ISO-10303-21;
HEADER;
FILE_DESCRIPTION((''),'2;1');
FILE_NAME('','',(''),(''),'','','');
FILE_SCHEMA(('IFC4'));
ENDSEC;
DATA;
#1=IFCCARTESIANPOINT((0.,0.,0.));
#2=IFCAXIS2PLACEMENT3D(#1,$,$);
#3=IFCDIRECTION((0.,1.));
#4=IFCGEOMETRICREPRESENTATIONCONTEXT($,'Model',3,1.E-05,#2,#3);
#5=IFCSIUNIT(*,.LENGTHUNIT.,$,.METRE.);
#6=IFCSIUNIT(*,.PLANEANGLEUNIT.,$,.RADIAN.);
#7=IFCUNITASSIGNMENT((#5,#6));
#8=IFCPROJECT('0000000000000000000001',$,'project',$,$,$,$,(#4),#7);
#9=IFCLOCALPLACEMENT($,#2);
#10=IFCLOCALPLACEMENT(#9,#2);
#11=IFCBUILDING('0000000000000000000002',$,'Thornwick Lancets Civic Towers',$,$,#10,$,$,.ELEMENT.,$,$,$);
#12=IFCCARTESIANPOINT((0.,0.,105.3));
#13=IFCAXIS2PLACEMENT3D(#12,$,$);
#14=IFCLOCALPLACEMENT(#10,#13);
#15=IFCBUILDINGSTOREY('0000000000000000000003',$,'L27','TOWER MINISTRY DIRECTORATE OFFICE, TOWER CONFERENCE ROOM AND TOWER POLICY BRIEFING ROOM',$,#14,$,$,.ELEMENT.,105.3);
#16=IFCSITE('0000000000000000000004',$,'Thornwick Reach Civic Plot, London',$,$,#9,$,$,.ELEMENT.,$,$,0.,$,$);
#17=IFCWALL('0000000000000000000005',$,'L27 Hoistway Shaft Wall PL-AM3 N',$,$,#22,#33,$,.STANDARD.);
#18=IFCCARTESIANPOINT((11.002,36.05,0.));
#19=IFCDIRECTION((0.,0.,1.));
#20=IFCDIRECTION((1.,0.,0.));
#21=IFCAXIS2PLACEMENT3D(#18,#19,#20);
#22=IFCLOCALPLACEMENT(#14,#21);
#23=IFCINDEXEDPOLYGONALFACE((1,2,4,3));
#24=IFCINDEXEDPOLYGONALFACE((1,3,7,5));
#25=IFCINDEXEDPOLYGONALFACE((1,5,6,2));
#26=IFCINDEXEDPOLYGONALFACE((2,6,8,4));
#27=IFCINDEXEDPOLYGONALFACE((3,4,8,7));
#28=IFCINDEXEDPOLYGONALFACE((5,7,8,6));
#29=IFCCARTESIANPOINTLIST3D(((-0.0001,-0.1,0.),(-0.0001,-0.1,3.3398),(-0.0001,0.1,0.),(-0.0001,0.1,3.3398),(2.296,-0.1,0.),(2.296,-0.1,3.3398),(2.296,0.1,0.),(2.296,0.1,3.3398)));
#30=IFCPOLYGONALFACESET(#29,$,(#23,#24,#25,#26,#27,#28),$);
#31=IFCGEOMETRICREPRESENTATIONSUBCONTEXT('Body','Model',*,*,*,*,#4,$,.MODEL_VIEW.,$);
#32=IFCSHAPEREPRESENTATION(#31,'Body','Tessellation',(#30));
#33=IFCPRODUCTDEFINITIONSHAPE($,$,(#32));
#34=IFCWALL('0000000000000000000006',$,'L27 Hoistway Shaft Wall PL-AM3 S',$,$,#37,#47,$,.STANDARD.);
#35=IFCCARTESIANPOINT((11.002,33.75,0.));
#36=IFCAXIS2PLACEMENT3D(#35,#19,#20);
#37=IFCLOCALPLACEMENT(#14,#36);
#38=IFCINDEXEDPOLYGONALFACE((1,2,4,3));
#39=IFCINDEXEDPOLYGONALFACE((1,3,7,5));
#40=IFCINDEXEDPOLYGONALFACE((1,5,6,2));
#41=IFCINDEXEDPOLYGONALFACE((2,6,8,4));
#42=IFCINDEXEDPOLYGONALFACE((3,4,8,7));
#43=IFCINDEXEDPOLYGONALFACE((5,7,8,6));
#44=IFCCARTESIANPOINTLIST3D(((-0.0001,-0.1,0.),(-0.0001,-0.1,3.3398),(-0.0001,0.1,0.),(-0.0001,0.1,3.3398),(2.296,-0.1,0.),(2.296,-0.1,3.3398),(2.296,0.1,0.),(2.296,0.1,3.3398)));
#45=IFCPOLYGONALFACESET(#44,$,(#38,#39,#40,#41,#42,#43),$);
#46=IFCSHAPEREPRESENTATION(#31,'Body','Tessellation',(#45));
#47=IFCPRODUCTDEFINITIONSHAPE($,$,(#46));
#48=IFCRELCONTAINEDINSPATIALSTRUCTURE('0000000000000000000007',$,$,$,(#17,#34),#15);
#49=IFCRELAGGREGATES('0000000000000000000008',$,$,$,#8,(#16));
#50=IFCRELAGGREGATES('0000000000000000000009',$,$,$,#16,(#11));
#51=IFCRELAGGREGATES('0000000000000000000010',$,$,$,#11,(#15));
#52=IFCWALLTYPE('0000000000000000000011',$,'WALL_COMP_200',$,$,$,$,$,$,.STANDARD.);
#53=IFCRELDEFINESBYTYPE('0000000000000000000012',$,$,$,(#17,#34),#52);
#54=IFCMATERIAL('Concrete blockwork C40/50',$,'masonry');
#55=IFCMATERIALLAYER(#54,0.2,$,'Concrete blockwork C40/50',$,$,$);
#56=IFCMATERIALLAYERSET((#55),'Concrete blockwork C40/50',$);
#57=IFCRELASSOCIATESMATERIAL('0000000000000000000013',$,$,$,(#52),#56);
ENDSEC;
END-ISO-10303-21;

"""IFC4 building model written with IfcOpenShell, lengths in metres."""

from ifc_helpers import new_model, si_unit, direction, frame, frame_2d, origin, place, context, subcontext, project, spatial, rectangle, extrude, material, layer, layer_set, type_object, element, save


model = new_model("IFC4")

# Units and contexts
model_context = context("Model", 3, precision=1e-05, world=origin(), true_north=direction((0.0, 1.0)))
body_context = subcontext(model_context, "Body", "Model", "MODEL_VIEW")
ifc_project = project(units=[si_unit("LENGTHUNIT", "METRE"), si_unit("PLANEANGLEUNIT", "RADIAN")], contexts=[model_context])

# Site, building, storey
site_placement = place(None, origin())
site = spatial("IfcSite", under=ifc_project, at=site_placement, Name="Thornwick Reach Civic Plot, London", CompositionType="ELEMENT", RefElevation=0.0)
building_placement = place(site_placement, origin())
building = spatial("IfcBuilding", under=site, at=building_placement, Name="Thornwick Lancets Civic Towers", CompositionType="ELEMENT")
storey_placement = place(building_placement, frame((0.0, 0.0, 105.3)))
storey = spatial("IfcBuildingStorey", under=building, at=storey_placement, Name="L27", Description="TOWER MINISTRY DIRECTORATE OFFICE, TOWER CONFERENCE ROOM AND TOWER POLICY BRIEFING ROOM", CompositionType="ELEMENT", Elevation=105.3)

# Shared definitions
ifc_material_1 = material(Name="Concrete blockwork C40/50", Category="masonry")
ifc_layer_1 = layer(ifc_material_1, 0.2, Name="Concrete blockwork C40/50")
ifc_layer_set_1 = layer_set([ifc_layer_1], Name="Concrete blockwork C40/50")
wall_type_1 = type_object("IfcWallType", Name="WALL_COMP_200", PredefinedType="STANDARD", material=ifc_layer_set_1)

# Walls
for number, where, z_axis, x_axis, name in (
    (1, (11.002, 36.05, 0.0), (0.0, 0.0, 1.0), (1.0, 0.0, 0.0), "L27 Hoistway Shaft Wall PL-AM3 N"),
    (2, (11.002, 33.75, 0.0), (0.0, 0.0, 1.0), (1.0, 0.0, 0.0), "L27 Hoistway Shaft Wall PL-AM3 S"),
):
    element("IfcWall", number, at=place(storey_placement, frame(where, z_axis=z_axis, x_axis=x_axis)), inside=storey, type_object=wall_type_1, Name=name, PredefinedType="STANDARD", context=body_context, shape_type="SweptSolid", body=[
        extrude(rectangle(XDim=2.2961, YDim=0.2, at=frame_2d((1.1479, 0.0))), origin(), (0.0, 0.0, 1.0), 3.3398),
    ])

save(model, "model.ifc")
